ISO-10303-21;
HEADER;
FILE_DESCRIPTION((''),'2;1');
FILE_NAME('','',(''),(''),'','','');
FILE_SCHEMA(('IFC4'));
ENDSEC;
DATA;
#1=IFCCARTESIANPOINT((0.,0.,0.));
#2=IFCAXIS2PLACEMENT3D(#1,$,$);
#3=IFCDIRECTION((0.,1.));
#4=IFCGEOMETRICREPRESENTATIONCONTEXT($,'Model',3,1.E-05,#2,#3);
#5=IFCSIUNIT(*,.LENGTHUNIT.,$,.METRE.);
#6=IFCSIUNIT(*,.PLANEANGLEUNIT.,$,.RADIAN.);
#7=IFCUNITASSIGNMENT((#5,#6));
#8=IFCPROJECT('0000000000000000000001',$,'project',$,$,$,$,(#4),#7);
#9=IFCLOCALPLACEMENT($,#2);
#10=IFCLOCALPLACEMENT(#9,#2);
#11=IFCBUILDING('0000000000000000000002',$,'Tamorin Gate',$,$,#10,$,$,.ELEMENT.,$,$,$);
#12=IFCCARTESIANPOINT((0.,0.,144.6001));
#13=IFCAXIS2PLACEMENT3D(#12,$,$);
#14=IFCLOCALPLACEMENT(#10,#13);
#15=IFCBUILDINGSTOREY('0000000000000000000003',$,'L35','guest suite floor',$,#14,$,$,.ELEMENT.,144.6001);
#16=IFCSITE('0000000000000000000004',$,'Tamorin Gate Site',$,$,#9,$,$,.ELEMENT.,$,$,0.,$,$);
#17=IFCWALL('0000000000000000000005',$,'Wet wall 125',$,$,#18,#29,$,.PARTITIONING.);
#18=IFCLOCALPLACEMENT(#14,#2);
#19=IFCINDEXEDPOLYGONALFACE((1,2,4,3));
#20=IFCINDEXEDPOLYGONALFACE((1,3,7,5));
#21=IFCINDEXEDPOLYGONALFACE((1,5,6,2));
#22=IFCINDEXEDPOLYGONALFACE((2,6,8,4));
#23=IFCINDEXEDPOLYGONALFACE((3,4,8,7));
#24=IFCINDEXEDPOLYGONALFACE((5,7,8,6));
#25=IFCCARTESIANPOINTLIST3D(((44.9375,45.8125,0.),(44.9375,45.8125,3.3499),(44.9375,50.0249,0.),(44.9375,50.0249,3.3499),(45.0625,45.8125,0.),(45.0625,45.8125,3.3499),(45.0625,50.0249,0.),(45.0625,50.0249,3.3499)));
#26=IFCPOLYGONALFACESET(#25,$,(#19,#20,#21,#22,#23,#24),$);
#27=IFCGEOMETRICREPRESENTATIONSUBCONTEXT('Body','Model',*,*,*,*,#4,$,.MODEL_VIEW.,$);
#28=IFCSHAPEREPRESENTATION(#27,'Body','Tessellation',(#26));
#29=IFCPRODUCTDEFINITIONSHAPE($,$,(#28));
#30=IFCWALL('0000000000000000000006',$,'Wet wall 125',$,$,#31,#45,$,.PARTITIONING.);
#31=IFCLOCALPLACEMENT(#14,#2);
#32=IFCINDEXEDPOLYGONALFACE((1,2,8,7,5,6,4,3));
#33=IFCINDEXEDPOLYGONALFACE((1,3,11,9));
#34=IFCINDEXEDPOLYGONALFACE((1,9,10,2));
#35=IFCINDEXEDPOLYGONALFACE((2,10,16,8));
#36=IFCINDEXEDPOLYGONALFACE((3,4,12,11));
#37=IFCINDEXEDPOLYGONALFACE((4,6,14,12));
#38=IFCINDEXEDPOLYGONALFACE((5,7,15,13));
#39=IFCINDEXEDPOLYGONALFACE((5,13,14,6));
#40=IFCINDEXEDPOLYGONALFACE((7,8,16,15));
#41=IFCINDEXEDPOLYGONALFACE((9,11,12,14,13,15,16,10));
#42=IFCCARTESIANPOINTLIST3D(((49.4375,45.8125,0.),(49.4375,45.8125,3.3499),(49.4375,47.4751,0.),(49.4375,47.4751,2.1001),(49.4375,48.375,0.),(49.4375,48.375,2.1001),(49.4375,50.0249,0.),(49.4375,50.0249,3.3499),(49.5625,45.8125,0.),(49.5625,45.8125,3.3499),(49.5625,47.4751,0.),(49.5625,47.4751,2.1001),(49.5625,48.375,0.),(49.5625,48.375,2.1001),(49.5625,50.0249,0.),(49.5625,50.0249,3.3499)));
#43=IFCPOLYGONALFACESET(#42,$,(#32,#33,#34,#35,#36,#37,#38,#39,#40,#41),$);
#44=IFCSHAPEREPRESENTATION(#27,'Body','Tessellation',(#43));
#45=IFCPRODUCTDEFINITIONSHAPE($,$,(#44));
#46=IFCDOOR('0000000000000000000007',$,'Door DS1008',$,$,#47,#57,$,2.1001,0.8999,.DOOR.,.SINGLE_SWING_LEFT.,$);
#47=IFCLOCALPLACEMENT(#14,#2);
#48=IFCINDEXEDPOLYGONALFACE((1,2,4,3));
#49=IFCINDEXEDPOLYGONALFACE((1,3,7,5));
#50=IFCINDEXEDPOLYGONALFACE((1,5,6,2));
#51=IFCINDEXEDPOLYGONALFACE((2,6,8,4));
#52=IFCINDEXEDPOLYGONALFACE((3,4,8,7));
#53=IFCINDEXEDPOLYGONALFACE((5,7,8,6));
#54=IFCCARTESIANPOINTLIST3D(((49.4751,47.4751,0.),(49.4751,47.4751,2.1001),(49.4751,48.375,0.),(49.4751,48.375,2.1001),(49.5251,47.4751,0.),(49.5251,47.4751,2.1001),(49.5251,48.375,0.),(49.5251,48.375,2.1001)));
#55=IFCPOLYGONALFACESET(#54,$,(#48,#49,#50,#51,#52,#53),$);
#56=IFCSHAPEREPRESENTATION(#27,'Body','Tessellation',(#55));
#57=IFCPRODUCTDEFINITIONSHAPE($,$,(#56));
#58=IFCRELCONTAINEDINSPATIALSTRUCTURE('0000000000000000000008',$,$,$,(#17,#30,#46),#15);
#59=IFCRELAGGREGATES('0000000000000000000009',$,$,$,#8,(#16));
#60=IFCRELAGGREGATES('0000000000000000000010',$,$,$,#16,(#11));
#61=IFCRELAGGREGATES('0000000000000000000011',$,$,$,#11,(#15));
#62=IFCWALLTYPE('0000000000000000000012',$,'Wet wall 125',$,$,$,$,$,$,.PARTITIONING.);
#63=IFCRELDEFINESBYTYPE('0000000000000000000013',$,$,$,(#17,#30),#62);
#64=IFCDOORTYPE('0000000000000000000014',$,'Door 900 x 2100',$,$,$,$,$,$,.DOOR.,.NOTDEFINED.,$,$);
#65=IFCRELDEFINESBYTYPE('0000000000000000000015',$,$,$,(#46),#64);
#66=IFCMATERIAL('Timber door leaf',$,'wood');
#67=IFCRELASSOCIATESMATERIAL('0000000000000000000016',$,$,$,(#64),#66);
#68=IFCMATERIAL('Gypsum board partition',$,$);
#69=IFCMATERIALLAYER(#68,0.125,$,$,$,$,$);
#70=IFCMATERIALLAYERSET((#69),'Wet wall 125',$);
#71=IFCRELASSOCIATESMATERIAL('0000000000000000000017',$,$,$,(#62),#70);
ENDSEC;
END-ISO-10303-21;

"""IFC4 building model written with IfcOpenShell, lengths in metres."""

from ifc_helpers import new_model, si_unit, direction, frame, frame_2d, origin, place, context, subcontext, project, spatial, rectangle, extrude, material, layer, layer_set, type_object, element, fill, save


model = new_model("IFC4")

# Units and contexts
model_context = context("Model", 3, precision=1e-05, world=origin(), true_north=direction((0.0, 1.0)))
body_context = subcontext(model_context, "Body", "Model", "MODEL_VIEW")
ifc_project = project(units=[si_unit("LENGTHUNIT", "METRE"), si_unit("PLANEANGLEUNIT", "RADIAN")], contexts=[model_context])

# Site, building, storey
site_placement = place(None, origin())
site = spatial("IfcSite", under=ifc_project, at=site_placement, Name="Tamorin Gate Site", CompositionType="ELEMENT", RefElevation=0.0)
building_placement = place(site_placement, origin())
building = spatial("IfcBuilding", under=site, at=building_placement, Name="Tamorin Gate", CompositionType="ELEMENT")
storey_placement = place(building_placement, frame((0.0, 0.0, 144.6001)))
storey = spatial("IfcBuildingStorey", under=building, at=storey_placement, Name="L35", Description="guest suite floor", CompositionType="ELEMENT", Elevation=144.6001)

# Shared definitions
ifc_material_1 = material(Name="Gypsum board partition")

# Shared definitions
ifc_material_2 = material(Name="Timber door leaf", Category="wood")
door_type = type_object("IfcDoorType", Name="Door 900 x 2100", OperationType="NOTDEFINED", PredefinedType="DOOR", material=ifc_material_2)

# Shared definitions
ifc_layer_1 = layer(ifc_material_1, 0.125)
ifc_layer_set_1 = layer_set([ifc_layer_1], Name="Wet wall 125")
wall_type_1 = type_object("IfcWallType", Name="Wet wall 125", PredefinedType="PARTITIONING", material=ifc_layer_set_1)

# Wall
wall_1_placement = place(storey_placement, frame((45.0, 45.8125, 0.0), z_axis=(0.0, 0.0, 1.0), x_axis=(0.0, 1.0, 0.0)))
element("IfcWall", 1, at=wall_1_placement, inside=storey, type_object=wall_type_1, Name="Wet wall 125", PredefinedType="PARTITIONING", context=body_context, shape_type="SweptSolid", body=[
    extrude(rectangle(XDim=4.2124, YDim=0.125, at=frame_2d((2.1062, 0.0))), origin(), (0.0, 0.0, 1.0), 3.3499),
])

# Wall, opening, door
wall_2_placement = place(storey_placement, frame((49.5, 45.8125, 0.0), z_axis=(0.0, 0.0, 1.0), x_axis=(0.0, 1.0, 0.0)))
wall_2 = element("IfcWall", 2, at=wall_2_placement, inside=storey, type_object=wall_type_1, Name="Wet wall 125", PredefinedType="PARTITIONING", context=body_context, shape_type="SweptSolid", body=[
    extrude(rectangle(XDim=4.2124, YDim=0.125, at=frame_2d((2.1062, 0.0))), origin(), (0.0, 0.0, 1.0), 3.3499),
])
opening_1_placement = place(wall_2_placement, frame((1.6626, 0.0, 0.0)))
opening_1 = element("IfcOpeningElement", 3, at=opening_1_placement, cuts=wall_2, PredefinedType="OPENING", context=body_context, shape_type="SweptSolid", body=[
    extrude(rectangle(XDim=0.8999, YDim=2.1001, at=frame_2d((0.45, 1.05))), frame((0.0, 0.0725, 0.0), z_axis=(0.0, -1.0, 0.0), x_axis=(1.0, 0.0, 0.0)), (0.0, 0.0, 1.0), 0.145),
])
door_1_placement = place(opening_1_placement, origin())
door_1 = element("IfcDoor", 4, at=door_1_placement, inside=storey, type_object=door_type, Name="Door DS1008", OperationType="SINGLE_SWING_LEFT", OverallHeight=2.1001, OverallWidth=0.8999, PredefinedType="DOOR", context=body_context, shape_type="SweptSolid", body=[
    extrude(rectangle(XDim=0.8999, YDim=2.1001, at=frame_2d((0.45, 1.05))), frame((0.0, 0.0249, 0.0), z_axis=(0.0, -1.0, 0.0), x_axis=(1.0, 0.0, 0.0)), (0.0, 0.0, 1.0), 0.05),
])
fill(opening_1, door_1)

save(model, "model.ifc")
